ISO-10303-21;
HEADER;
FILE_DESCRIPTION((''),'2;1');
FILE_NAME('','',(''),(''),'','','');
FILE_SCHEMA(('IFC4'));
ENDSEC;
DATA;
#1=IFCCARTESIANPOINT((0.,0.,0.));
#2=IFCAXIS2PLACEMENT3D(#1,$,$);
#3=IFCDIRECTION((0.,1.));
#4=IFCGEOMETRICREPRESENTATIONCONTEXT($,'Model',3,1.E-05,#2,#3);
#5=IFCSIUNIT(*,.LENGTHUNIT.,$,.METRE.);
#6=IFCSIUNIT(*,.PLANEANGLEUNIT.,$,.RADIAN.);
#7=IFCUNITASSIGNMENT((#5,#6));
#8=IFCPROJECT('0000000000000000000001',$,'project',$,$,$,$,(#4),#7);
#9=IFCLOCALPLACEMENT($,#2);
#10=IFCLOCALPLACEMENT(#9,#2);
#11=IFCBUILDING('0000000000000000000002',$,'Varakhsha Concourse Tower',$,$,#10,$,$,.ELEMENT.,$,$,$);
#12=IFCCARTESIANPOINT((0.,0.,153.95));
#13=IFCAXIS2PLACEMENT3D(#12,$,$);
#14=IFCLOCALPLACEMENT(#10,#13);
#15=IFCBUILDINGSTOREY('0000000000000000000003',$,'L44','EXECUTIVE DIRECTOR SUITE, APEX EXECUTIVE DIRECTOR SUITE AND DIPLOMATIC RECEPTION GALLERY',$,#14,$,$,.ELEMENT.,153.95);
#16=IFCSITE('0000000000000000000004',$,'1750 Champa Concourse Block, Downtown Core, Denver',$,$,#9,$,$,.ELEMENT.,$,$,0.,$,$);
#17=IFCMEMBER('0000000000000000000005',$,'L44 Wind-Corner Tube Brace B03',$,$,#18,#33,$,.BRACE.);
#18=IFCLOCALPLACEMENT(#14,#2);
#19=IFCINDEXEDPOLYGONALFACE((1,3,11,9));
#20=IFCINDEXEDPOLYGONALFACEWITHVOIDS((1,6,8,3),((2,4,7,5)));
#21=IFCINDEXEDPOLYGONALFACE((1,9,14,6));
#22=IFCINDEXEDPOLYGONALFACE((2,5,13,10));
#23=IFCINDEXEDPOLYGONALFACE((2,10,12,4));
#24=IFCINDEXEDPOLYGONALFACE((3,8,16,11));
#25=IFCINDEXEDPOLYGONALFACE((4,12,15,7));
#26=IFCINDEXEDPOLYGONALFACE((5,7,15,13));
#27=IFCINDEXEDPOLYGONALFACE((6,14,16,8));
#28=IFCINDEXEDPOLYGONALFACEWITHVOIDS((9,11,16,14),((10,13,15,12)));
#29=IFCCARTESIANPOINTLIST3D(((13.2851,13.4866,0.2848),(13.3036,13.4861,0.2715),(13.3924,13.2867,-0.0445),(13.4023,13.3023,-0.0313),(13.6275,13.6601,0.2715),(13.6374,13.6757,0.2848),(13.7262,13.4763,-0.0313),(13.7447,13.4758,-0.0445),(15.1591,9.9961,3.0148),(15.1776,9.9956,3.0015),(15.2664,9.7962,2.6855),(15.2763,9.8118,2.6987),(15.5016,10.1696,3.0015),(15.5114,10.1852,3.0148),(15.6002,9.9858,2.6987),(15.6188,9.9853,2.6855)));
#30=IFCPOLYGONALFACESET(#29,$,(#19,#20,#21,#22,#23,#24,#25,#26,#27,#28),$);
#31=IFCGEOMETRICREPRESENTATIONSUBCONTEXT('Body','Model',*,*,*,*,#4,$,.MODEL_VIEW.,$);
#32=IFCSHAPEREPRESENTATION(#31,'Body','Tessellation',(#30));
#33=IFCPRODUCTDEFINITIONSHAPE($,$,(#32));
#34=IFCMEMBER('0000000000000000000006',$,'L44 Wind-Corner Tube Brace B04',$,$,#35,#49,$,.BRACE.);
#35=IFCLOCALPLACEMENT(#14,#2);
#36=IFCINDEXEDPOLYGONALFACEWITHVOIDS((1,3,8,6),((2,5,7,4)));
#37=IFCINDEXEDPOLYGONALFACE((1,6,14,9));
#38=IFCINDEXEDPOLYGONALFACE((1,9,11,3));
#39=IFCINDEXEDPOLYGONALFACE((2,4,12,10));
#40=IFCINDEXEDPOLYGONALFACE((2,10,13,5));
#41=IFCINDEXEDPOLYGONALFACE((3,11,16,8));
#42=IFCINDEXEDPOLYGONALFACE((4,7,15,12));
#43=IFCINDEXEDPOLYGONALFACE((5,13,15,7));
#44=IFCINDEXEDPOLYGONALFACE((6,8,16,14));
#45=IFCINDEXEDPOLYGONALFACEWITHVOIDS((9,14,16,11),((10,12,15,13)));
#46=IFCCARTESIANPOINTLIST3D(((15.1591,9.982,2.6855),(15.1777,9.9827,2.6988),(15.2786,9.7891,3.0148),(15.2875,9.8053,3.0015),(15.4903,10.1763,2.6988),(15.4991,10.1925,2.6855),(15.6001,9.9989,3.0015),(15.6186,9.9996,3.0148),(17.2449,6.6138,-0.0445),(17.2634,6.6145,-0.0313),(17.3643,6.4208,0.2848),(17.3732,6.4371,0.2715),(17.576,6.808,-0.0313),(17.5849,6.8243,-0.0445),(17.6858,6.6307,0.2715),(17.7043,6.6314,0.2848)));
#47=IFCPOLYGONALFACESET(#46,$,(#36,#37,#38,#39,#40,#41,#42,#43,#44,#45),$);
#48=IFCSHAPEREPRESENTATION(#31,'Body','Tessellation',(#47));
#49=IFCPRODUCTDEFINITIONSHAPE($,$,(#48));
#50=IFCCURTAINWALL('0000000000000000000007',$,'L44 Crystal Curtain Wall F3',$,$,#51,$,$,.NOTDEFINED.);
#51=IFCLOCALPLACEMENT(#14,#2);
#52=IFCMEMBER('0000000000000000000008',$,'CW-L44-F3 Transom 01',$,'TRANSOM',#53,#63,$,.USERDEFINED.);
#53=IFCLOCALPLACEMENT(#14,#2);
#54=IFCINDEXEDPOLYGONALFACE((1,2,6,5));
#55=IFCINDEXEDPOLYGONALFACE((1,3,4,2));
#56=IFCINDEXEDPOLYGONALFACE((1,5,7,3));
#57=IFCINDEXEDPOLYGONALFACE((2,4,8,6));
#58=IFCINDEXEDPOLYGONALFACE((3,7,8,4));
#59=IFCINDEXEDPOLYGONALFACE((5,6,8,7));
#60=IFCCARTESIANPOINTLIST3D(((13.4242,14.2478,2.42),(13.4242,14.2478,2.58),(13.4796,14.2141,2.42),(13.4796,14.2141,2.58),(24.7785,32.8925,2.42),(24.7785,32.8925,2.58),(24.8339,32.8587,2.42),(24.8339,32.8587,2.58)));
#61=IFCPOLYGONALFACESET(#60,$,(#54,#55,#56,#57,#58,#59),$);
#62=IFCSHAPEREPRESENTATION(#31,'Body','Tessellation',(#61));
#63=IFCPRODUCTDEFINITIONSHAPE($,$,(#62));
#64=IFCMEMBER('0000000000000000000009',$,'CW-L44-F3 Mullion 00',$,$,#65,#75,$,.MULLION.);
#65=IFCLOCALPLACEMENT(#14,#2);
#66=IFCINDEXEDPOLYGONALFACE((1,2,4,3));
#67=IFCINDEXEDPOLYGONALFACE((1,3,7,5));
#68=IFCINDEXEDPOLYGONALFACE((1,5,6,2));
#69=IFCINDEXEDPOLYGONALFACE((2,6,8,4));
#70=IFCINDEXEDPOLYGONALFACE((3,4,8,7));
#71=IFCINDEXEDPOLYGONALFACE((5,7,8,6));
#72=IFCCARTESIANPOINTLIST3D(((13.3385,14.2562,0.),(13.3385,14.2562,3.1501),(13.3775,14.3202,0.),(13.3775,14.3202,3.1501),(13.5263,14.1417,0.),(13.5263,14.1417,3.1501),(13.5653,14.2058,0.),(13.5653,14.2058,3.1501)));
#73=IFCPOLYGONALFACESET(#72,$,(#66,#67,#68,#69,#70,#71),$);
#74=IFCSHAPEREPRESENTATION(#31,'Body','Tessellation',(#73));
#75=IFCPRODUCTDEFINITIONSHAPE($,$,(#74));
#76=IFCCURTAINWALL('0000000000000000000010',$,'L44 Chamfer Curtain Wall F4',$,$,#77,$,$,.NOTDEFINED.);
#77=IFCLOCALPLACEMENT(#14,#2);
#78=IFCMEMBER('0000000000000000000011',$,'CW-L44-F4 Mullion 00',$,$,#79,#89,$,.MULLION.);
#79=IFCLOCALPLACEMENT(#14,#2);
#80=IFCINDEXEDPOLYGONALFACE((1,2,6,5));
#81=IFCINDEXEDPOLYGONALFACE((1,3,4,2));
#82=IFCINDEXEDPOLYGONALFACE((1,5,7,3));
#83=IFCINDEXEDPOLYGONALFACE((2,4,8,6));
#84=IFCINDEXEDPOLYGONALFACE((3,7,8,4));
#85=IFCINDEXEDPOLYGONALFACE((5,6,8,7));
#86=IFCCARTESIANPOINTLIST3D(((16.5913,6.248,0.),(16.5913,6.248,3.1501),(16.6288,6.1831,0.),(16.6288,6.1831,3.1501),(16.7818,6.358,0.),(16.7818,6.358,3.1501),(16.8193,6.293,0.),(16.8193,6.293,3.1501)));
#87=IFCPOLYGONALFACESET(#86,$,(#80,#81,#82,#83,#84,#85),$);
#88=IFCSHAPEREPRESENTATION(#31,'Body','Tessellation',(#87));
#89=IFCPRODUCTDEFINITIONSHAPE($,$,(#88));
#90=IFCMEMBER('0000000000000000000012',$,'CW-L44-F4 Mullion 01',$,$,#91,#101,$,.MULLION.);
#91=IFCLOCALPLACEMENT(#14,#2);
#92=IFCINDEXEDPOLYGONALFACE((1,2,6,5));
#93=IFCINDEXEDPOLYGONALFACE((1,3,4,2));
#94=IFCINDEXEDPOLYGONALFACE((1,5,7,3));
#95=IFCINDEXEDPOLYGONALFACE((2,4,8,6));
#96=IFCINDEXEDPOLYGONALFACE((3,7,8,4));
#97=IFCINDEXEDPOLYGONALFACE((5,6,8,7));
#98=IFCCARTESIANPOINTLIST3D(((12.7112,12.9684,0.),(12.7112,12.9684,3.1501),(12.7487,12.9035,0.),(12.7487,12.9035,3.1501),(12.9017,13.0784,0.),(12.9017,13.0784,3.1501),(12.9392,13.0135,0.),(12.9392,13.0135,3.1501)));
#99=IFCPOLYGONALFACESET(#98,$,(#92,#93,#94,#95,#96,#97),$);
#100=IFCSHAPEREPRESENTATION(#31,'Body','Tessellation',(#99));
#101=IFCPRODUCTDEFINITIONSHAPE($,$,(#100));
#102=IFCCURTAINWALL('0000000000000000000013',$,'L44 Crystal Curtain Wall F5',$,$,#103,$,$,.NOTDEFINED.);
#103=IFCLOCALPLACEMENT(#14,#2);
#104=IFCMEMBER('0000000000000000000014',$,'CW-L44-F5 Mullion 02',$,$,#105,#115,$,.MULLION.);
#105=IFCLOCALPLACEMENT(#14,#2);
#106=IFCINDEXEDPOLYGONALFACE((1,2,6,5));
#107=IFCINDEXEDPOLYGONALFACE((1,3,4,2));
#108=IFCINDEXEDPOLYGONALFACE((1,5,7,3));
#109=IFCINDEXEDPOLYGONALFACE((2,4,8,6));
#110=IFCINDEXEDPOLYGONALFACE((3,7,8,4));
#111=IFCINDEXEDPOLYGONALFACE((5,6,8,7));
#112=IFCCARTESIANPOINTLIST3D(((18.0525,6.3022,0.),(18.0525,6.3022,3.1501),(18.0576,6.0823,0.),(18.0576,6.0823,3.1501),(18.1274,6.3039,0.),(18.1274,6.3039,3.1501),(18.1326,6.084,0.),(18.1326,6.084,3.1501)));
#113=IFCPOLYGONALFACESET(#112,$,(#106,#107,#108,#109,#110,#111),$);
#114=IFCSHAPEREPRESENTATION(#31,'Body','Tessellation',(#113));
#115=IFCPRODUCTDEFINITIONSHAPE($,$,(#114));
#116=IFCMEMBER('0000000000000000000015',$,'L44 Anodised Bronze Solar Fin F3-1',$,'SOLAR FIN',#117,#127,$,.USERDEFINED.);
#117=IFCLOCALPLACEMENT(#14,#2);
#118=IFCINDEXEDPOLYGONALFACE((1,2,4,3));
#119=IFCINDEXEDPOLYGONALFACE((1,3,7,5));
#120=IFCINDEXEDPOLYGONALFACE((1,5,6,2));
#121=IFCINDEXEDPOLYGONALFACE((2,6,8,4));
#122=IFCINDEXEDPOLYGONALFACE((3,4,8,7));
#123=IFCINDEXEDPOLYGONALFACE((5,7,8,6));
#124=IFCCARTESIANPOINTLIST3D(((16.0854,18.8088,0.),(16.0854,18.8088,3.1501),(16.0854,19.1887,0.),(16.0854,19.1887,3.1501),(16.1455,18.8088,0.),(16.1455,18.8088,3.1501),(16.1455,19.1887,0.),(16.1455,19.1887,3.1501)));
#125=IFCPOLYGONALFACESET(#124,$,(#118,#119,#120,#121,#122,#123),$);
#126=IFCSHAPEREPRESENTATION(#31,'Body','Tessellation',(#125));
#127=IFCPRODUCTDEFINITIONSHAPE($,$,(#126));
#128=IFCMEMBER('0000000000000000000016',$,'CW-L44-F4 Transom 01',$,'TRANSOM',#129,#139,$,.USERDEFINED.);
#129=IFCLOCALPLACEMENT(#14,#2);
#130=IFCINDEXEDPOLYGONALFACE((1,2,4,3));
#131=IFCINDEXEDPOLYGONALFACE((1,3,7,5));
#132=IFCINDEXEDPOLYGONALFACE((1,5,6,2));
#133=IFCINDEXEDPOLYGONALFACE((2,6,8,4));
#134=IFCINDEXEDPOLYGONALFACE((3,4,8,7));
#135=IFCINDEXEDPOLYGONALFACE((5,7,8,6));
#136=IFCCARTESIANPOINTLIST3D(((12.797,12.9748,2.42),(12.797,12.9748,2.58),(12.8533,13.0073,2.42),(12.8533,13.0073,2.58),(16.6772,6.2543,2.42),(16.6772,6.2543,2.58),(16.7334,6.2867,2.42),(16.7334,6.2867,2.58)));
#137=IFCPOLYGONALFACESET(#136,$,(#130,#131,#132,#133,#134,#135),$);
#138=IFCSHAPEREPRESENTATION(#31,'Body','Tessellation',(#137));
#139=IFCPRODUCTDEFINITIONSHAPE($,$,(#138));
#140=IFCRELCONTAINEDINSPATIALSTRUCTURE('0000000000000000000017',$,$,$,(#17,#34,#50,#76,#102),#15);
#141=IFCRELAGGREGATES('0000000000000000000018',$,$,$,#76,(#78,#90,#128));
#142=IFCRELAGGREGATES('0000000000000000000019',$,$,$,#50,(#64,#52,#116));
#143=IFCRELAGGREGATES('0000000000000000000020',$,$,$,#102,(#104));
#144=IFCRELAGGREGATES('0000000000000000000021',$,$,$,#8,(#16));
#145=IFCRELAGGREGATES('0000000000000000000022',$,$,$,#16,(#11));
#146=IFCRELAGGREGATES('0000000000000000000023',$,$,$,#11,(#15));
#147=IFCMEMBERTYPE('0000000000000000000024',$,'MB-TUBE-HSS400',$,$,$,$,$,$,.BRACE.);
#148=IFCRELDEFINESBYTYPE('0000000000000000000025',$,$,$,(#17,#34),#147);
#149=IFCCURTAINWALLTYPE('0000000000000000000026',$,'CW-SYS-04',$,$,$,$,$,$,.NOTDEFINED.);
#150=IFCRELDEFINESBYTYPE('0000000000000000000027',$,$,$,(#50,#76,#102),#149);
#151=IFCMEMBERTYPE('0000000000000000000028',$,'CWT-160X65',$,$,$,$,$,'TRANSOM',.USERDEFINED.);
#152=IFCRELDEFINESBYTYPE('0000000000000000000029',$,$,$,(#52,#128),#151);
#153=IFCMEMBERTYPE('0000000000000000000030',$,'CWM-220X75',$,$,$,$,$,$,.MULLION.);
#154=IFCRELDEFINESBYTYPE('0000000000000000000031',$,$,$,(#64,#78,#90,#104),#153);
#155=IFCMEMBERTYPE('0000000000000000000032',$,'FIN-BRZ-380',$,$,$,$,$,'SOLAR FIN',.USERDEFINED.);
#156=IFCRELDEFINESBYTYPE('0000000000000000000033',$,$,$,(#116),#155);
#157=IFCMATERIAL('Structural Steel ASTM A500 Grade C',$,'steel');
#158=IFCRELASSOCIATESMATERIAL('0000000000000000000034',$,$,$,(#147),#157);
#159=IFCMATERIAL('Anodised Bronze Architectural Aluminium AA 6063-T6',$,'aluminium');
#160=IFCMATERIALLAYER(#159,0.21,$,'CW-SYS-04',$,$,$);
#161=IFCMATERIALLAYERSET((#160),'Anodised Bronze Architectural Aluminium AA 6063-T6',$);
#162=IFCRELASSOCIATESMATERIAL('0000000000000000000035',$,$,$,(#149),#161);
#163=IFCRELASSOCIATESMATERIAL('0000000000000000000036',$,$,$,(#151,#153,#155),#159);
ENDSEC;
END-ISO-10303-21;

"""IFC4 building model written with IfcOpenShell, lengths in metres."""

from ifc_helpers import new_model, si_unit, direction, frame, origin, origin_2d, place, context, subcontext, project, spatial, rectangle, hollow_rectangle, extrude, source, transform, mapped, material, layer, layer_set, material_profile, profile_set, type_object, type_shapes, element, aggregate, save


model = new_model("IFC4")

# Units and contexts
model_context = context("Model", 3, precision=1e-05, world=origin(), true_north=direction((0.0, 1.0)))
body_context = subcontext(model_context, "Body", "Model", "MODEL_VIEW")
ifc_project = project(units=[si_unit("LENGTHUNIT", "METRE"), si_unit("PLANEANGLEUNIT", "RADIAN")], contexts=[model_context])

# Site, building, storey
site_placement = place(None, origin())
site = spatial("IfcSite", under=ifc_project, at=site_placement, Name="1750 Champa Concourse Block, Downtown Core, Denver", CompositionType="ELEMENT", RefElevation=0.0)
building_placement = place(site_placement, origin())
building = spatial("IfcBuilding", under=site, at=building_placement, Name="Varakhsha Concourse Tower", CompositionType="ELEMENT")
storey_placement = place(building_placement, frame((0.0, 0.0, 153.95)))
storey = spatial("IfcBuildingStorey", under=building, at=storey_placement, Name="L44", Description="EXECUTIVE DIRECTOR SUITE, APEX EXECUTIVE DIRECTOR SUITE AND DIPLOMATIC RECEPTION GALLERY", CompositionType="ELEMENT", Elevation=153.95)

# Members
ifc_material_1 = material(Name="Structural Steel ASTM A500 Grade C", Category="steel")
ifc_material_profile_1 = material_profile(ifc_material_1, hollow_rectangle(XDim=0.3999, YDim=0.3999, WallThickness=0.0161, at=origin_2d()), Name="HSS 400x400x16")
ifc_profile_set_1 = profile_set([ifc_material_profile_1], Name="Structural Steel ASTM A500 Grade C")
member_type_1 = type_object("IfcMemberType", Name="MB-TUBE-HSS400", PredefinedType="BRACE", material=ifc_profile_set_1)
shared_shape_1 = source(origin(), body_context, "Body", "SweptSolid", [
    extrude(hollow_rectangle(XDim=0.3999, YDim=0.3999, WallThickness=0.0161, at=origin_2d()), origin(), (0.0, 0.0, 1.0), 4.8113),
])
type_shapes(member_type_1, [shared_shape_1])
for number, where, z_axis, x_axis, name in (
    (1, (13.5149, 13.4812, 0.1201), (0.389508, -0.725482, 0.567415), (0.881046, 0.47303, 0.0), "L44 Wind-Corner Tube Brace B03"),
    (2, (17.4746, 6.6226, 0.1201), (-0.43351, 0.70007, 0.567424), (-0.850193, -0.526471, 0.0), "L44 Wind-Corner Tube Brace B04"),
):
    element("IfcMember", number, at=place(storey_placement, frame(where, z_axis=z_axis, x_axis=x_axis)), inside=storey, type_object=member_type_1, Name=name, PredefinedType="BRACE", context=body_context, shape_type="MappedRepresentation", body=[
        mapped(shared_shape_1, transform((0.0, 0.0, 0.0), scale=1.0)),
    ])

# Curtain walls, members
ifc_material_2 = material(Name="Anodised Bronze Architectural Aluminium AA 6063-T6", Category="aluminium")
ifc_layer_1 = layer(ifc_material_2, 0.21, Name="CW-SYS-04")
ifc_layer_set_1 = layer_set([ifc_layer_1], Name="Anodised Bronze Architectural Aluminium AA 6063-T6")
curtain_wall_type = type_object("IfcCurtainWallType", Name="CW-SYS-04", PredefinedType="NOTDEFINED", material=ifc_layer_set_1)
curtain_wall_1_placement = place(storey_placement, origin())
curtain_wall_1 = element("IfcCurtainWall", 3, at=curtain_wall_1_placement, inside=storey, type_object=curtain_wall_type, Name="L44 Crystal Curtain Wall F3", PredefinedType="NOTDEFINED")
ifc_material_profile_2 = material_profile(ifc_material_2, rectangle(XDim=0.0649, YDim=0.1599, at=origin_2d()), Name="CWT-160X65")
ifc_profile_set_2 = profile_set([ifc_material_profile_2], Name="Anodised Bronze Architectural Aluminium AA 6063-T6")
member_type_2 = type_object("IfcMemberType", Name="CWT-160X65", ElementType="TRANSOM", PredefinedType="USERDEFINED", material=ifc_profile_set_2)
shared_shape_2 = source(origin(), body_context, "Body", "SweptSolid", [
    extrude(rectangle(XDim=0.0649, YDim=0.1599, at=origin_2d()), origin(), (0.0, 0.0, 1.0), 21.8298),
])
member_1_placement = place(storey_placement, frame((13.4519, 14.231, 2.5), z_axis=(0.520128, 0.854089, 0.0), x_axis=(-0.854089, 0.520128, 0.0)))
member_1 = element("IfcMember", 4, at=member_1_placement, type_object=member_type_2, Name="CW-L44-F3 Transom 01", ObjectType="TRANSOM", PredefinedType="USERDEFINED", context=body_context, shape_type="MappedRepresentation", body=[
    mapped(shared_shape_2, transform((0.0, 0.0, 0.0), scale=1.0)),
])
ifc_material_profile_3 = material_profile(ifc_material_2, rectangle(XDim=0.075, YDim=0.22, at=origin_2d()), Name="CWM-220X75")
ifc_profile_set_3 = profile_set([ifc_material_profile_3], Name="Anodised Bronze Architectural Aluminium AA 6063-T6")
member_type_3 = type_object("IfcMemberType", Name="CWM-220X75", PredefinedType="MULLION", material=ifc_profile_set_3)
shared_shape_3 = source(origin(), body_context, "Body", "SweptSolid", [
    extrude(rectangle(XDim=0.075, YDim=0.22, at=origin_2d()), origin(), (0.0, 0.0, 1.0), 3.1501),
])
type_shapes(member_type_3, [shared_shape_3])
member_2_placement = place(storey_placement, frame((13.4519, 14.231, 0.0), z_axis=(0.0, 0.0, 1.0), x_axis=(0.520126, 0.85409, 0.0)))
member_2 = element("IfcMember", 5, at=member_2_placement, type_object=member_type_3, Name="CW-L44-F3 Mullion 00", PredefinedType="MULLION", context=body_context, shape_type="MappedRepresentation", body=[
    mapped(shared_shape_3, transform((0.0, 0.0, 0.0), scale=1.0)),
])
curtain_wall_2_placement = place(storey_placement, origin())
curtain_wall_2 = element("IfcCurtainWall", 6, at=curtain_wall_2_placement, inside=storey, type_object=curtain_wall_type, Name="L44 Chamfer Curtain Wall F4", PredefinedType="NOTDEFINED")
member_3_placement = place(storey_placement, frame((16.7053, 6.2705, 0.0), z_axis=(0.0, 0.0, 1.0), x_axis=(-0.499997, 0.866027, 0.0)))
member_3 = element("IfcMember", 7, at=member_3_placement, type_object=member_type_3, Name="CW-L44-F4 Mullion 00", PredefinedType="MULLION", context=body_context, shape_type="MappedRepresentation", body=[
    mapped(shared_shape_3, transform((0.0, 0.0, 0.0), scale=1.0)),
])
member_4_placement = place(storey_placement, frame((12.8252, 12.991, 0.0), z_axis=(0.0, 0.0, 1.0), x_axis=(-0.499997, 0.866027, 0.0)))
member_4 = element("IfcMember", 8, at=member_4_placement, type_object=member_type_3, Name="CW-L44-F4 Mullion 01", PredefinedType="MULLION", context=body_context, shape_type="MappedRepresentation", body=[
    mapped(shared_shape_3, transform((0.0, 0.0, 0.0), scale=1.0)),
])

# Curtain wall, member
curtain_wall_3_placement = place(storey_placement, origin())
curtain_wall_3 = element("IfcCurtainWall", 9, at=curtain_wall_3_placement, inside=storey, type_object=curtain_wall_type, Name="L44 Crystal Curtain Wall F5", PredefinedType="NOTDEFINED")
member_5_placement = place(storey_placement, frame((18.0925, 6.1931, 0.0), z_axis=(0.0, 0.0, 1.0), x_axis=(-0.999726, -0.023404, 0.0)))
member_5 = element("IfcMember", 10, at=member_5_placement, type_object=member_type_3, Name="CW-L44-F5 Mullion 02", PredefinedType="MULLION", context=body_context, shape_type="MappedRepresentation", body=[
    mapped(shared_shape_3, transform((0.0, 0.0, 0.0), scale=1.0)),
])

# Members
ifc_material_profile_4 = material_profile(ifc_material_2, rectangle(XDim=0.0601, YDim=0.3799, at=origin_2d()), Name="FIN-BRZ-380")
ifc_profile_set_4 = profile_set([ifc_material_profile_4], Name="Anodised Bronze Architectural Aluminium AA 6063-T6")
member_type_4 = type_object("IfcMemberType", Name="FIN-BRZ-380", ElementType="SOLAR FIN", PredefinedType="USERDEFINED", material=ifc_profile_set_4)
shared_shape_4 = source(origin(), body_context, "Body", "SweptSolid", [
    extrude(rectangle(XDim=0.0601, YDim=0.3799, at=origin_2d()), origin(), (0.0, 0.0, 1.0), 3.1501),
])
type_shapes(member_type_4, [shared_shape_4])
member_6_placement = place(storey_placement, frame((16.1155, 18.9988, 0.0), z_axis=(0.0, 0.0, 1.0), x_axis=(1.0, 0.0, 0.0)))
member_6 = element("IfcMember", 11, at=member_6_placement, type_object=member_type_4, Name="L44 Anodised Bronze Solar Fin F3-1", ObjectType="SOLAR FIN", PredefinedType="USERDEFINED", context=body_context, shape_type="MappedRepresentation", body=[
    mapped(shared_shape_4, transform((0.0, 0.0, 0.0), scale=1.0)),
])
shared_shape_5 = source(origin(), body_context, "Body", "SweptSolid", [
    extrude(rectangle(XDim=0.0649, YDim=0.1599, at=origin_2d()), origin(), (0.0, 0.0, 1.0), 7.7603),
])
type_shapes(member_type_2, [shared_shape_2, shared_shape_5])
member_7_placement = place(storey_placement, frame((16.7053, 6.2705, 2.5), z_axis=(-0.500007, 0.866022, 0.0), x_axis=(-0.866022, -0.500007, 0.0)))
member_7 = element("IfcMember", 12, at=member_7_placement, type_object=member_type_2, Name="CW-L44-F4 Transom 01", ObjectType="TRANSOM", PredefinedType="USERDEFINED", context=body_context, shape_type="MappedRepresentation", body=[
    mapped(shared_shape_5, transform((0.0, 0.0, 0.0), scale=1.0)),
])

aggregate(curtain_wall_2, [member_3, member_4, member_7])
aggregate(curtain_wall_1, [member_2, member_1, member_6])
aggregate(curtain_wall_3, [member_5])

save(model, "model.ifc")
